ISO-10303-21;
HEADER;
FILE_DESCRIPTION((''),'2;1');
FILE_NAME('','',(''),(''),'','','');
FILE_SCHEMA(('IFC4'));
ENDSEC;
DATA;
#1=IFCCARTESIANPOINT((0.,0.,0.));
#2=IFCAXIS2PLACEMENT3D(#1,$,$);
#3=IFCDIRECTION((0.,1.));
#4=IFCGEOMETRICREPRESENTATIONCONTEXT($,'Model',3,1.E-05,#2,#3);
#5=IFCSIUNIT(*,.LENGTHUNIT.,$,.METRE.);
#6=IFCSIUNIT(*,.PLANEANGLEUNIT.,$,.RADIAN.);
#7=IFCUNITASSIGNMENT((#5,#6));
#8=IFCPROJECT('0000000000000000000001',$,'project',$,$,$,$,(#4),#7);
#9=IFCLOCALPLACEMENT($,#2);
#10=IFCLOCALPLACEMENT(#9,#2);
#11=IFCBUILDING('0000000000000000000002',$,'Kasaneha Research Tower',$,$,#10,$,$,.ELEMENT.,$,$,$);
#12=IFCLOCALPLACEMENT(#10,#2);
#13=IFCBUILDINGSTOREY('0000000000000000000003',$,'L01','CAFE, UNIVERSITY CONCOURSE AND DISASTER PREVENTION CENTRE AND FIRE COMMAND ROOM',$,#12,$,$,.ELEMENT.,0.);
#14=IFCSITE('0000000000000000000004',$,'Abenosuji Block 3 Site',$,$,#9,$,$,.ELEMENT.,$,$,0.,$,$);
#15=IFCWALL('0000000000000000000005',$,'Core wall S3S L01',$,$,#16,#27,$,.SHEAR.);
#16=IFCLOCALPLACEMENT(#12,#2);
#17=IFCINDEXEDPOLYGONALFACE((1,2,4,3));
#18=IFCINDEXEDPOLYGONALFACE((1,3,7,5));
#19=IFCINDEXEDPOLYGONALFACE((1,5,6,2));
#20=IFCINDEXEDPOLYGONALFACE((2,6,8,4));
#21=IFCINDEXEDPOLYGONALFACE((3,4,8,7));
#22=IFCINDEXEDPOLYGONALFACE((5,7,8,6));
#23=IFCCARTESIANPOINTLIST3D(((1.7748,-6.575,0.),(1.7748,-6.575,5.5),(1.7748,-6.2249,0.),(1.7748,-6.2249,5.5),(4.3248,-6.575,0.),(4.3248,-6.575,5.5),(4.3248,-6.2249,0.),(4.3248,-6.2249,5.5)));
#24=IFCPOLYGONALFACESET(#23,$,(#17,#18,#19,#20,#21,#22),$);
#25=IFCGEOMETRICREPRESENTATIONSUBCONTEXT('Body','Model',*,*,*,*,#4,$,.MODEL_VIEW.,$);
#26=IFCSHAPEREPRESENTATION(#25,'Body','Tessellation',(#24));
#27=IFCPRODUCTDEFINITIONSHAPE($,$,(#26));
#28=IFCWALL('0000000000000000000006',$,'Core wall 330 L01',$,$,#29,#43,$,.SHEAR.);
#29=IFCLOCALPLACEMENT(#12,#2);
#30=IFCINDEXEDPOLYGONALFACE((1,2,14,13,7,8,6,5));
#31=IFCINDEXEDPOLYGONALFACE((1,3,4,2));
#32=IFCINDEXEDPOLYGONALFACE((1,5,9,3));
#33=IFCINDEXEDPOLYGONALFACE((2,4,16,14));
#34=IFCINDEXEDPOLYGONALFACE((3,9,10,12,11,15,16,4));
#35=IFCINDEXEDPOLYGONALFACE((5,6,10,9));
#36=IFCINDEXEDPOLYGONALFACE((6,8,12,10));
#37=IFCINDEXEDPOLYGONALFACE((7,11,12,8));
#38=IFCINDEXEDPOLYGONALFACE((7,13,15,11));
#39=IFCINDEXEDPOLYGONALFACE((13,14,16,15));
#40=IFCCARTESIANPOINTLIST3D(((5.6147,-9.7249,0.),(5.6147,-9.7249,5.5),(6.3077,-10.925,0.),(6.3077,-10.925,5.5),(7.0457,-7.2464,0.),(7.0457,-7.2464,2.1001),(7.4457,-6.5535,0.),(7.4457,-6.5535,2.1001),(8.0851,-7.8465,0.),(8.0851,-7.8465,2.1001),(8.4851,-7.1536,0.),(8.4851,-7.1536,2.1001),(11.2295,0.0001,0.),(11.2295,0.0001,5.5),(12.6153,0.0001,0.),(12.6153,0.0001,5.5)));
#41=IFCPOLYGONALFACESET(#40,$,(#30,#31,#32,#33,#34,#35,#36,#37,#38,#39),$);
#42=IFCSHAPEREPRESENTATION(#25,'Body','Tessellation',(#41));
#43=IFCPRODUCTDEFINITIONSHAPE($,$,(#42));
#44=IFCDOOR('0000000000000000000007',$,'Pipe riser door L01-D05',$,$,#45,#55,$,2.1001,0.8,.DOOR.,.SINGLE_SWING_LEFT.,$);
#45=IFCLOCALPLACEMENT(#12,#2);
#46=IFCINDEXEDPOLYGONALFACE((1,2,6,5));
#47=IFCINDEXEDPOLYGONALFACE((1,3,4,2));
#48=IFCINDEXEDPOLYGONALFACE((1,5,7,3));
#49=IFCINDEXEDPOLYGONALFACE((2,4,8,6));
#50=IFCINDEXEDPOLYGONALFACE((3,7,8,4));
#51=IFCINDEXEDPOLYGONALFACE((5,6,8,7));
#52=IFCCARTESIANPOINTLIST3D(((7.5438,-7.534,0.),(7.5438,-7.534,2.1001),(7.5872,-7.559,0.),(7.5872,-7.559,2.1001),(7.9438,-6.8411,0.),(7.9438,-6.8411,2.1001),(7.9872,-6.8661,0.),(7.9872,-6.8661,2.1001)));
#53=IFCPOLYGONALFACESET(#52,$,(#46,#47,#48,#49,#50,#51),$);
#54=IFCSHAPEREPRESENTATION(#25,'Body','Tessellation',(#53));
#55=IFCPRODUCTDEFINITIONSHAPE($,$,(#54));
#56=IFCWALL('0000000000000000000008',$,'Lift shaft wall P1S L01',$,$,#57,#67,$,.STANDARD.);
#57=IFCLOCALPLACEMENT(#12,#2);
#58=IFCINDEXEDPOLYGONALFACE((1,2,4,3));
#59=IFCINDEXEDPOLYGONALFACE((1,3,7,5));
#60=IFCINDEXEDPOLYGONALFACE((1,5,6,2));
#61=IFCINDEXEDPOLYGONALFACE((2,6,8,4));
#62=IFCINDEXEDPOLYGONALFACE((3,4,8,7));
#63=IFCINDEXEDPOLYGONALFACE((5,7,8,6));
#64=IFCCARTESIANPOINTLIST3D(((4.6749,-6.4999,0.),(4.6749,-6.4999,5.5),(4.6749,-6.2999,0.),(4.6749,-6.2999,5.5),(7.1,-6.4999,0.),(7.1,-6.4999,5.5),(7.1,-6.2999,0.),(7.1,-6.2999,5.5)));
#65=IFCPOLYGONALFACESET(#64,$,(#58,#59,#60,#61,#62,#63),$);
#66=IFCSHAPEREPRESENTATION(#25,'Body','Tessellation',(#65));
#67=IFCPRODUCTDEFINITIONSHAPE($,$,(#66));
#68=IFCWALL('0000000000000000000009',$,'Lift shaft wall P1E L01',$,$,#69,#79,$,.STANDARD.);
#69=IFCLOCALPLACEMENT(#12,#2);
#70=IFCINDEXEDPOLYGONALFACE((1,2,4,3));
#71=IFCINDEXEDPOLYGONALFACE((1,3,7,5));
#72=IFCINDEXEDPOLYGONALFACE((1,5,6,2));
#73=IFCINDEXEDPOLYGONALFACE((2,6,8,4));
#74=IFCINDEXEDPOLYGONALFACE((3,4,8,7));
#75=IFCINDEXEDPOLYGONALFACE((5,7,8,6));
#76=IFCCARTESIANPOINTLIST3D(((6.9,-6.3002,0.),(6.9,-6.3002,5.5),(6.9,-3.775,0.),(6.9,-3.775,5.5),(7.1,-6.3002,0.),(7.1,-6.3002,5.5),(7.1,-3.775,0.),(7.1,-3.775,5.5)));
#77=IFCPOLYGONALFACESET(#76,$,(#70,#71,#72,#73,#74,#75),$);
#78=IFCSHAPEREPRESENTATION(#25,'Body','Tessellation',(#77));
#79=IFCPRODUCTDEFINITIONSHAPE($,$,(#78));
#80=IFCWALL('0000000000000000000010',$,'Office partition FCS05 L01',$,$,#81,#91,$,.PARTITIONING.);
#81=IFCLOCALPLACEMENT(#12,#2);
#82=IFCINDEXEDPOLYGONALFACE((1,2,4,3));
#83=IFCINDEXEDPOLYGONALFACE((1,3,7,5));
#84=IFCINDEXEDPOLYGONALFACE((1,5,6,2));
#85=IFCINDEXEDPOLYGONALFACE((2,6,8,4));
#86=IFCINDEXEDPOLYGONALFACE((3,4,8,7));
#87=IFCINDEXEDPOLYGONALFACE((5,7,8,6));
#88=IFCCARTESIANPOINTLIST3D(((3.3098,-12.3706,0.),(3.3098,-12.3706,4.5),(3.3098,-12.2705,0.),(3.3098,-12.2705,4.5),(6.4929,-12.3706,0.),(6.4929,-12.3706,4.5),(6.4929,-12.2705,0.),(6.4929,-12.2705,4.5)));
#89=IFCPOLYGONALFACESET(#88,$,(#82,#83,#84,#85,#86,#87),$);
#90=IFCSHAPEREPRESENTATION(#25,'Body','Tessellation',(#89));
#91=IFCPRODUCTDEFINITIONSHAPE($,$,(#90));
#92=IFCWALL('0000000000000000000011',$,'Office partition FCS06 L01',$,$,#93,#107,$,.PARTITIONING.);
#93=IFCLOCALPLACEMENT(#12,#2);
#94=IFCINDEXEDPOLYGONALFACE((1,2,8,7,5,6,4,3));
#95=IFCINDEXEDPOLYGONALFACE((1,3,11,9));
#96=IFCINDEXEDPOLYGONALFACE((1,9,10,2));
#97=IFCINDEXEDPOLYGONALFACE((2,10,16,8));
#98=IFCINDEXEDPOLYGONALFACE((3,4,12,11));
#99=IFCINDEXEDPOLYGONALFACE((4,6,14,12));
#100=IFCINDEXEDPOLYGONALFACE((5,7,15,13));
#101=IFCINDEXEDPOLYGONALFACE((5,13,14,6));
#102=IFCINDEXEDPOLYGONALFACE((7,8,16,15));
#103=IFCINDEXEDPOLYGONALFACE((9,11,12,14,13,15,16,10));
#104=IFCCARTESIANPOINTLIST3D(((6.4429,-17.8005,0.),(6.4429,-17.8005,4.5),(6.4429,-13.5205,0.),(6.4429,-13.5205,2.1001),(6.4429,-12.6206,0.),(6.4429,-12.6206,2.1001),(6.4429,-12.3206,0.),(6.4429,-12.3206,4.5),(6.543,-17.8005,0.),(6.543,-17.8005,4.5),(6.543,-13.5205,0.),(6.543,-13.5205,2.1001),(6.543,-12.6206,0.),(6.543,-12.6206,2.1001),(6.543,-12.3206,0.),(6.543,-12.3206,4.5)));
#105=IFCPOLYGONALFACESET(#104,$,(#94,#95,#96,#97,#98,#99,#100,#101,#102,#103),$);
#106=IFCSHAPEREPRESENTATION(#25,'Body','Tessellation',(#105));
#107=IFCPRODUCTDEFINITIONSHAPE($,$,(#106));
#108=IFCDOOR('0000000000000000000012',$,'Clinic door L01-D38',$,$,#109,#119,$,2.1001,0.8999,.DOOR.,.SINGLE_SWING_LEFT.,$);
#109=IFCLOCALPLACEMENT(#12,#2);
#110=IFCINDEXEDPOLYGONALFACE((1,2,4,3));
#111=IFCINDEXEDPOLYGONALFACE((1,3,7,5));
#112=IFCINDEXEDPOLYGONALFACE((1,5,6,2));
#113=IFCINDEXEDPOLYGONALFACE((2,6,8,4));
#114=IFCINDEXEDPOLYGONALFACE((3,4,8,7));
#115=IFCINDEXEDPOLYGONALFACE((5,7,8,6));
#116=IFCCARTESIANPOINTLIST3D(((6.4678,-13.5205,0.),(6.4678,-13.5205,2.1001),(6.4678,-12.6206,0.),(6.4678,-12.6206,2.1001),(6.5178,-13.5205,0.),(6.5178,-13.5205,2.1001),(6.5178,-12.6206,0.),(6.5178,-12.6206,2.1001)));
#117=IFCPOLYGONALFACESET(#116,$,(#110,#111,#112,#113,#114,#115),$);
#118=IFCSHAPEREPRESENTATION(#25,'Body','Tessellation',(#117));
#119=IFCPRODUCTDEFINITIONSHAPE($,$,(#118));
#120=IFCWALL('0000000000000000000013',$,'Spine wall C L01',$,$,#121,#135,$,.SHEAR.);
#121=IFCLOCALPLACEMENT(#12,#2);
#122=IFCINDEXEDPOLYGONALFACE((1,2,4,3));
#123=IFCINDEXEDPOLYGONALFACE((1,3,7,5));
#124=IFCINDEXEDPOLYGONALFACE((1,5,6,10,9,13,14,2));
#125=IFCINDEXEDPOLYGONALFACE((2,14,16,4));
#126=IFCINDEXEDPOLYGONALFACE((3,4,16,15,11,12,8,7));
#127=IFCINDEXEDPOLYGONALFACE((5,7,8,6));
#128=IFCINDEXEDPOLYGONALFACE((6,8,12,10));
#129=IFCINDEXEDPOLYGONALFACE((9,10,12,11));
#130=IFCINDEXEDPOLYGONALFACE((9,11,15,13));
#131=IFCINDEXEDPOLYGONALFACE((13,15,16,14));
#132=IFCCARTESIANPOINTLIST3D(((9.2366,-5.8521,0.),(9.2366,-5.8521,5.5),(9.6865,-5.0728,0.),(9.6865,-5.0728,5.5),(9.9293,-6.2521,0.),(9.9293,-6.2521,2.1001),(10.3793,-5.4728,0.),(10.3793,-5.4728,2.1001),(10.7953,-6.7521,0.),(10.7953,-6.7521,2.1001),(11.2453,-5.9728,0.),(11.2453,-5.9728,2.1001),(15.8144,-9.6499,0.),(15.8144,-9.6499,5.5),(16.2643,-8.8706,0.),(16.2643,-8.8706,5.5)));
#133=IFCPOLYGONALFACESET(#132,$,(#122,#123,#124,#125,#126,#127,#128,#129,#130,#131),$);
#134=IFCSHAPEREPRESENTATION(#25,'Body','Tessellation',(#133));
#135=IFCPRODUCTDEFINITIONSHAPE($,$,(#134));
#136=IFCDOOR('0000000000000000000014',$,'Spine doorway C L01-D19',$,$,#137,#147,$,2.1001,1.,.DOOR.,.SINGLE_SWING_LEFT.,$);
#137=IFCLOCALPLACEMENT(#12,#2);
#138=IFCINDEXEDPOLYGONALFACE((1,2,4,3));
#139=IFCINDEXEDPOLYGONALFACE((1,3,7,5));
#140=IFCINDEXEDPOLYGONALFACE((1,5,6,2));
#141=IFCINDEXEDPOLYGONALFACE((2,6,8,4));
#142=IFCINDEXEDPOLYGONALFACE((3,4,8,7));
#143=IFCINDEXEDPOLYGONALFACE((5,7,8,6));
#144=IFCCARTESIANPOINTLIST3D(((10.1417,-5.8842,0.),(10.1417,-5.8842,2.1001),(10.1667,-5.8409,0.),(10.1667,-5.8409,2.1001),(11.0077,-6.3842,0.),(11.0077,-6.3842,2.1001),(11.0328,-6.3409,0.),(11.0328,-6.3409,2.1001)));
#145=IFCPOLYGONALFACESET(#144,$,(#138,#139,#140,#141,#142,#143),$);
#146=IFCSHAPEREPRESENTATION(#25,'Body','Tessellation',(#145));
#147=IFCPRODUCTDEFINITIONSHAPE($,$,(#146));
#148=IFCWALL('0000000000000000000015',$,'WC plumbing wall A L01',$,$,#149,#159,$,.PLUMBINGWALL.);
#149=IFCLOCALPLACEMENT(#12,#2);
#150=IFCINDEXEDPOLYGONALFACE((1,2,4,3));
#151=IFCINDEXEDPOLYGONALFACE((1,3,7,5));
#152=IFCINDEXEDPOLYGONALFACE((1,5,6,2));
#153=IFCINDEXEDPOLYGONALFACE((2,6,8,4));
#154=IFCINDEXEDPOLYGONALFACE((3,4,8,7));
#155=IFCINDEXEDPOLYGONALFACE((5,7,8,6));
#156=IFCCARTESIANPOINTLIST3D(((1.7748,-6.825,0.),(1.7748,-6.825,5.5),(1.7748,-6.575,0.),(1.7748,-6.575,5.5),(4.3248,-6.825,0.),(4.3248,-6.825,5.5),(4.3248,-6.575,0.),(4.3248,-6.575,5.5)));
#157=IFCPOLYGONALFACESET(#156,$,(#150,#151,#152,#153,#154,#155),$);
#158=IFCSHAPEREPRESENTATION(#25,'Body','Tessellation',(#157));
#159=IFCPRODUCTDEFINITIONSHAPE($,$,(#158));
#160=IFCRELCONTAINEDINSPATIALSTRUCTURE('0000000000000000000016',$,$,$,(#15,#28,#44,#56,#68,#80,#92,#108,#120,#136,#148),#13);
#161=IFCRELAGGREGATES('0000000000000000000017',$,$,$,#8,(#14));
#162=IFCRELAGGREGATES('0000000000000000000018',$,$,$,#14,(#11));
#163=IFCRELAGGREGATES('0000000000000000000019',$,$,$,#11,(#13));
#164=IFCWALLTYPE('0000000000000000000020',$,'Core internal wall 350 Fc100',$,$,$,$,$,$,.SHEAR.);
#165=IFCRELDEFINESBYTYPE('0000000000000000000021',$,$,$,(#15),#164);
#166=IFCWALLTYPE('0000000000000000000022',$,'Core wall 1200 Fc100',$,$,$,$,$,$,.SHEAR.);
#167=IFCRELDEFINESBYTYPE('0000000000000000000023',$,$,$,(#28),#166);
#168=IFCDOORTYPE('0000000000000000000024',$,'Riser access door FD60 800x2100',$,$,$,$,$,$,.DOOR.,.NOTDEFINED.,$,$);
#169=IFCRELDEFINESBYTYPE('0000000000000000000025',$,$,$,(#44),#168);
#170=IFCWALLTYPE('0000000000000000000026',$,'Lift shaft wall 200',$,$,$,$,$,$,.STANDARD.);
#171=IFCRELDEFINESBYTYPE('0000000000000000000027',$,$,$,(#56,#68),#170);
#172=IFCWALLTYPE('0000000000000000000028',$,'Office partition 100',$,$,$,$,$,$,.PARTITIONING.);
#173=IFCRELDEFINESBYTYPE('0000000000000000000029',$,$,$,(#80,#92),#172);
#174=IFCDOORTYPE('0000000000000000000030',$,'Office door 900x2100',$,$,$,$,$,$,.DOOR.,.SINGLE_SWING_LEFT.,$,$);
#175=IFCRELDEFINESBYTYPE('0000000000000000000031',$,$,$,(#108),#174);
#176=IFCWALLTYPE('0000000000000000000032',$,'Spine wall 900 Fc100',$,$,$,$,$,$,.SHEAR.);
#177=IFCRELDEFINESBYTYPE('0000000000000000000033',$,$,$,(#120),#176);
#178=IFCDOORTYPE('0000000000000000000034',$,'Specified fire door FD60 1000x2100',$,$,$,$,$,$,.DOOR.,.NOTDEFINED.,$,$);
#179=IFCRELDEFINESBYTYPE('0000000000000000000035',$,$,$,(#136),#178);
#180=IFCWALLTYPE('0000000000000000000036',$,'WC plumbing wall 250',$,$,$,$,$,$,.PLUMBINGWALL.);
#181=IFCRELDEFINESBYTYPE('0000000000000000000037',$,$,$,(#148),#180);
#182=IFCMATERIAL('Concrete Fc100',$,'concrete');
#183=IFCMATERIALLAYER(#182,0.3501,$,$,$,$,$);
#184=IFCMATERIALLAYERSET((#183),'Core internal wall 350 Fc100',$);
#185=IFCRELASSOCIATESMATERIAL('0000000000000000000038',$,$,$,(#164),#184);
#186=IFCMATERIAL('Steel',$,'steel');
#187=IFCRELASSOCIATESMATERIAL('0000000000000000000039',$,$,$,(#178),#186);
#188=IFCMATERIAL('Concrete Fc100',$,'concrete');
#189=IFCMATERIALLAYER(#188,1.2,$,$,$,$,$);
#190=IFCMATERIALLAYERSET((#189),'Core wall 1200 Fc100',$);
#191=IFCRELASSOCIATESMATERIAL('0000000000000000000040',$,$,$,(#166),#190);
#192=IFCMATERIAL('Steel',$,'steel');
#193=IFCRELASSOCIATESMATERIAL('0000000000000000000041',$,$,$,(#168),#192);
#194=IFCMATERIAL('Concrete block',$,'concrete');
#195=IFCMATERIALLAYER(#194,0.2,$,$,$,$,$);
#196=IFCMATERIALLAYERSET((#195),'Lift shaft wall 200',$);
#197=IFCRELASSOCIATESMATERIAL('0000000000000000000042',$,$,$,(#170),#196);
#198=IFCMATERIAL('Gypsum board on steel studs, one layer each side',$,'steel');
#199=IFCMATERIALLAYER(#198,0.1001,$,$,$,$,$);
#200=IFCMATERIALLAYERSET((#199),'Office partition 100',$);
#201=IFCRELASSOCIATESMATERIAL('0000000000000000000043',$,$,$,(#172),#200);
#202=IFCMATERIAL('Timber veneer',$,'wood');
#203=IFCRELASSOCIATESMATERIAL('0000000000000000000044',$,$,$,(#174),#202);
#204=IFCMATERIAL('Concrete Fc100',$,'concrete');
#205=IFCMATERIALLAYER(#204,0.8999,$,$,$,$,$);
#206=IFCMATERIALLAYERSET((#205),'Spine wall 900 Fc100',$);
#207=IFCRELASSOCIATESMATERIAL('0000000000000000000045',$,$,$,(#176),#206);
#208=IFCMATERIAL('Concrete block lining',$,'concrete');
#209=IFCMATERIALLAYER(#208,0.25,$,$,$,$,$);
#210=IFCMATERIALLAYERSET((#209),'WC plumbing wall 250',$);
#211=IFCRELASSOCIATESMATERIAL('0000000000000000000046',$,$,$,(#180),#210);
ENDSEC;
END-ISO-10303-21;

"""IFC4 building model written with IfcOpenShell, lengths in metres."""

from ifc_helpers import new_model, si_unit, direction, frame, frame_2d, origin, place, context, subcontext, project, spatial, polyline, rectangle, outline, extrude, material, layer, layer_set, type_object, element, fill, save


model = new_model("IFC4")

# Units and contexts
model_context = context("Model", 3, precision=1e-05, world=origin(), true_north=direction((0.0, 1.0)))
body_context = subcontext(model_context, "Body", "Model", "MODEL_VIEW")
ifc_project = project(units=[si_unit("LENGTHUNIT", "METRE"), si_unit("PLANEANGLEUNIT", "RADIAN")], contexts=[model_context])

# Site, building, storey
site_placement = place(None, origin())
site = spatial("IfcSite", under=ifc_project, at=site_placement, Name="Abenosuji Block 3 Site", CompositionType="ELEMENT", RefElevation=0.0)
building_placement = place(site_placement, origin())
building = spatial("IfcBuilding", under=site, at=building_placement, Name="Kasaneha Research Tower", CompositionType="ELEMENT")
storey_placement = place(building_placement, origin())
storey = spatial("IfcBuildingStorey", under=building, at=storey_placement, Name="L01", Description="CAFE, UNIVERSITY CONCOURSE AND DISASTER PREVENTION CENTRE AND FIRE COMMAND ROOM", CompositionType="ELEMENT", Elevation=0.0)

# Shared definitions
ifc_material_1 = material(Name="Concrete Fc100", Category="concrete")
ifc_layer_1 = layer(ifc_material_1, 0.3501)
ifc_layer_set_1 = layer_set([ifc_layer_1], Name="Core internal wall 350 Fc100")
wall_type_1 = type_object("IfcWallType", Name="Core internal wall 350 Fc100", PredefinedType="SHEAR", material=ifc_layer_set_1)
ifc_material_2 = material(Name="Steel", Category="steel")
door_type_1 = type_object("IfcDoorType", Name="Specified fire door FD60 1000x2100", OperationType="NOTDEFINED", PredefinedType="DOOR", material=ifc_material_2)

# Wall
wall_1_placement = place(storey_placement, frame((1.7749, -6.3999, 0.0), z_axis=(0.0, 0.0, 1.0), x_axis=(1.0, 0.0, 0.0)))
element("IfcWall", 1, at=wall_1_placement, inside=storey, type_object=wall_type_1, Name="Core wall S3S L01", PredefinedType="SHEAR", context=body_context, shape_type="SweptSolid", body=[
    extrude(rectangle(XDim=2.55, YDim=0.3501, at=frame_2d((1.2749, 0.0))), origin(), (0.0, 0.0, 1.0), 5.5),
])

# Wall, opening, door
ifc_material_3 = material(Name="Concrete Fc100", Category="concrete")
ifc_layer_2 = layer(ifc_material_3, 1.2)
ifc_layer_set_2 = layer_set([ifc_layer_2], Name="Core wall 1200 Fc100")
wall_type_2 = type_object("IfcWallType", Name="Core wall 1200 Fc100", PredefinedType="SHEAR", material=ifc_layer_set_2)
wall_2_placement = place(storey_placement, frame((5.9612, -10.325, 0.0), z_axis=(0.0, 0.0, 1.0), x_axis=(0.500004, 0.866023, 0.0)))
wall_2 = element("IfcWall", 2, at=wall_2_placement, inside=storey, type_object=wall_type_2, Name="Core wall 330 L01", PredefinedType="SHEAR", context=body_context, shape_type="SweptSolid", body=[
    extrude(outline(polyline([(-0.3464, -0.6001), (3.2085, -0.6001), (4.0085, -0.6001), (12.2688, -0.6001), (11.5759, 0.6001), (4.0085, 0.6001), (3.2085, 0.6001), (0.3464, 0.6001), (-0.3464, -0.6001)])), origin(), (0.0, 0.0, 1.0), 5.5),
])
opening_1_placement = place(wall_2_placement, frame((3.2085, 0.0, 0.0)))
opening_1 = element("IfcOpeningElement", 3, at=opening_1_placement, cuts=wall_2, PredefinedType="OPENING", context=body_context, shape_type="SweptSolid", body=[
    extrude(rectangle(XDim=0.8, YDim=2.1001, at=frame_2d((0.3999, 1.05))), frame((0.0, 0.6099, 0.0), z_axis=(0.0, -1.0, 0.0), x_axis=(1.0, 0.0, 0.0)), (0.0, 0.0, 1.0), 1.22),
])
ifc_material_4 = material(Name="Steel", Category="steel")
door_type_2 = type_object("IfcDoorType", Name="Riser access door FD60 800x2100", OperationType="NOTDEFINED", PredefinedType="DOOR", material=ifc_material_4)
door_1_placement = place(opening_1_placement, origin())
door_1 = element("IfcDoor", 4, at=door_1_placement, inside=storey, type_object=door_type_2, Name="Pipe riser door L01-D05", OperationType="SINGLE_SWING_LEFT", OverallHeight=2.1001, OverallWidth=0.8, PredefinedType="DOOR", context=body_context, shape_type="SweptSolid", body=[
    extrude(rectangle(XDim=0.8, YDim=2.1001, at=frame_2d((0.3999, 1.05))), frame((0.0, 0.0249, 0.0), z_axis=(0.0, -1.0, 0.0), x_axis=(1.0, 0.0, 0.0)), (0.0, 0.0, 1.0), 0.05),
])
fill(opening_1, door_1)

# Walls
ifc_material_5 = material(Name="Concrete block", Category="concrete")
ifc_layer_3 = layer(ifc_material_5, 0.2)
ifc_layer_set_3 = layer_set([ifc_layer_3], Name="Lift shaft wall 200")
wall_type_3 = type_object("IfcWallType", Name="Lift shaft wall 200", PredefinedType="STANDARD", material=ifc_layer_set_3)
wall_3_placement = place(storey_placement, frame((4.675, -6.3999, 0.0), z_axis=(0.0, 0.0, 1.0), x_axis=(1.0, 0.0, 0.0)))
element("IfcWall", 5, at=wall_3_placement, inside=storey, type_object=wall_type_3, Name="Lift shaft wall P1S L01", PredefinedType="STANDARD", context=body_context, shape_type="SweptSolid", body=[
    extrude(rectangle(XDim=2.425, YDim=0.2, at=frame_2d((1.2124, 0.0))), origin(), (0.0, 0.0, 1.0), 5.5),
])
wall_4_placement = place(storey_placement, frame((7.0, -3.7749, 0.0), z_axis=(0.0, 0.0, 1.0), x_axis=(0.0, -1.0, 0.0)))
element("IfcWall", 6, at=wall_4_placement, inside=storey, type_object=wall_type_3, Name="Lift shaft wall P1E L01", PredefinedType="STANDARD", context=body_context, shape_type="SweptSolid", body=[
    extrude(rectangle(XDim=2.5251, YDim=0.2, at=frame_2d((1.2627, 0.0))), origin(), (0.0, 0.0, 1.0), 5.5),
])
ifc_material_6 = material(Name="Gypsum board on steel studs, one layer each side", Category="steel")
ifc_layer_4 = layer(ifc_material_6, 0.1001)
ifc_layer_set_4 = layer_set([ifc_layer_4], Name="Office partition 100")
wall_type_4 = type_object("IfcWallType", Name="Office partition 100", PredefinedType="PARTITIONING", material=ifc_layer_set_4)
wall_5_placement = place(storey_placement, frame((3.3098, -12.3206, 0.0), z_axis=(0.0, 0.0, 1.0), x_axis=(1.0, 0.0, 0.0)))
element("IfcWall", 7, at=wall_5_placement, inside=storey, type_object=wall_type_4, Name="Office partition FCS05 L01", PredefinedType="PARTITIONING", context=body_context, shape_type="SweptSolid", body=[
    extrude(rectangle(XDim=3.1831, YDim=0.1001, at=frame_2d((1.5916, 0.0))), origin(), (0.0, 0.0, 1.0), 4.5),
])

# Walls, openings, doors
wall_6_placement = place(storey_placement, frame((6.4929, -12.3206, 0.0), z_axis=(0.0, 0.0, 1.0), x_axis=(0.0, -1.0, 0.0)))
wall_6 = element("IfcWall", 8, at=wall_6_placement, inside=storey, type_object=wall_type_4, Name="Office partition FCS06 L01", PredefinedType="PARTITIONING", context=body_context, shape_type="SweptSolid", body=[
    extrude(rectangle(XDim=5.48, YDim=0.1001, at=frame_2d((2.74, 0.0))), origin(), (0.0, 0.0, 1.0), 4.5),
])
opening_2_placement = place(wall_6_placement, frame((0.3, 0.0, 0.0)))
opening_2 = element("IfcOpeningElement", 9, at=opening_2_placement, cuts=wall_6, PredefinedType="OPENING", context=body_context, shape_type="SweptSolid", body=[
    extrude(rectangle(XDim=0.8999, YDim=2.1001, at=frame_2d((0.45, 1.05))), frame((0.0, 0.0601, 0.0), z_axis=(0.0, -1.0, 0.0), x_axis=(1.0, 0.0, 0.0)), (0.0, 0.0, 1.0), 0.1201),
])
ifc_material_7 = material(Name="Timber veneer", Category="wood")
door_type_3 = type_object("IfcDoorType", Name="Office door 900x2100", OperationType="SINGLE_SWING_LEFT", PredefinedType="DOOR", material=ifc_material_7)
door_2_placement = place(opening_2_placement, origin())
door_2 = element("IfcDoor", 10, at=door_2_placement, inside=storey, type_object=door_type_3, Name="Clinic door L01-D38", OperationType="SINGLE_SWING_LEFT", OverallHeight=2.1001, OverallWidth=0.8999, PredefinedType="DOOR", context=body_context, shape_type="SweptSolid", body=[
    extrude(rectangle(XDim=0.8999, YDim=2.1001, at=frame_2d((0.45, 1.05))), frame((0.0, 0.0249, 0.0), z_axis=(0.0, -1.0, 0.0), x_axis=(1.0, 0.0, 0.0)), (0.0, 0.0, 1.0), 0.05),
])
fill(opening_2, door_2)
ifc_material_8 = material(Name="Concrete Fc100", Category="concrete")
ifc_layer_5 = layer(ifc_material_8, 0.8999)
ifc_layer_set_5 = layer_set([ifc_layer_5], Name="Spine wall 900 Fc100")
wall_type_5 = type_object("IfcWallType", Name="Spine wall 900 Fc100", PredefinedType="SHEAR", material=ifc_layer_set_5)
wall_7_placement = place(storey_placement, frame((9.4614, -5.4624, 0.0), z_axis=(0.0, 0.0, 1.0), x_axis=(0.866019, -0.500011, 0.0)))
wall_7 = element("IfcWall", 11, at=wall_7_placement, inside=storey, type_object=wall_type_5, Name="Spine wall C L01", PredefinedType="SHEAR", context=body_context, shape_type="SweptSolid", body=[
    extrude(rectangle(XDim=7.5955, YDim=0.8999, at=frame_2d((3.7979, 0.0))), origin(), (0.0, 0.0, 1.0), 5.5),
])
opening_3_placement = place(wall_7_placement, frame((0.8, 0.0, 0.0)))
opening_3 = element("IfcOpeningElement", 12, at=opening_3_placement, cuts=wall_7, PredefinedType="OPENING", context=body_context, shape_type="SweptSolid", body=[
    extrude(rectangle(XDim=1.0, YDim=2.1001, at=frame_2d((0.5, 1.05))), frame((0.0, 0.46, 0.0), z_axis=(0.0, -1.0, 0.0), x_axis=(1.0, 0.0, 0.0)), (0.0, 0.0, 1.0), 0.9199),
])
door_3_placement = place(opening_3_placement, origin())
door_3 = element("IfcDoor", 13, at=door_3_placement, inside=storey, type_object=door_type_1, Name="Spine doorway C L01-D19", OperationType="SINGLE_SWING_LEFT", OverallHeight=2.1001, OverallWidth=1.0, PredefinedType="DOOR", context=body_context, shape_type="SweptSolid", body=[
    extrude(rectangle(XDim=1.0, YDim=2.1001, at=frame_2d((0.5, 1.05))), frame((0.0, 0.0249, 0.0), z_axis=(0.0, -1.0, 0.0), x_axis=(1.0, 0.0, 0.0)), (0.0, 0.0, 1.0), 0.05),
])
fill(opening_3, door_3)

# Wall
ifc_material_9 = material(Name="Concrete block lining", Category="concrete")
ifc_layer_6 = layer(ifc_material_9, 0.25)
ifc_layer_set_6 = layer_set([ifc_layer_6], Name="WC plumbing wall 250")
wall_type_6 = type_object("IfcWallType", Name="WC plumbing wall 250", PredefinedType="PLUMBINGWALL", material=ifc_layer_set_6)
wall_8_placement = place(storey_placement, frame((1.7749, -6.7, 0.0), z_axis=(0.0, 0.0, 1.0), x_axis=(1.0, 0.0, 0.0)))
element("IfcWall", 14, at=wall_8_placement, inside=storey, type_object=wall_type_6, Name="WC plumbing wall A L01", PredefinedType="PLUMBINGWALL", context=body_context, shape_type="SweptSolid", body=[
    extrude(rectangle(XDim=2.55, YDim=0.25, at=frame_2d((1.2749, 0.0))), origin(), (0.0, 0.0, 1.0), 5.5),
])

save(model, "model.ifc")
